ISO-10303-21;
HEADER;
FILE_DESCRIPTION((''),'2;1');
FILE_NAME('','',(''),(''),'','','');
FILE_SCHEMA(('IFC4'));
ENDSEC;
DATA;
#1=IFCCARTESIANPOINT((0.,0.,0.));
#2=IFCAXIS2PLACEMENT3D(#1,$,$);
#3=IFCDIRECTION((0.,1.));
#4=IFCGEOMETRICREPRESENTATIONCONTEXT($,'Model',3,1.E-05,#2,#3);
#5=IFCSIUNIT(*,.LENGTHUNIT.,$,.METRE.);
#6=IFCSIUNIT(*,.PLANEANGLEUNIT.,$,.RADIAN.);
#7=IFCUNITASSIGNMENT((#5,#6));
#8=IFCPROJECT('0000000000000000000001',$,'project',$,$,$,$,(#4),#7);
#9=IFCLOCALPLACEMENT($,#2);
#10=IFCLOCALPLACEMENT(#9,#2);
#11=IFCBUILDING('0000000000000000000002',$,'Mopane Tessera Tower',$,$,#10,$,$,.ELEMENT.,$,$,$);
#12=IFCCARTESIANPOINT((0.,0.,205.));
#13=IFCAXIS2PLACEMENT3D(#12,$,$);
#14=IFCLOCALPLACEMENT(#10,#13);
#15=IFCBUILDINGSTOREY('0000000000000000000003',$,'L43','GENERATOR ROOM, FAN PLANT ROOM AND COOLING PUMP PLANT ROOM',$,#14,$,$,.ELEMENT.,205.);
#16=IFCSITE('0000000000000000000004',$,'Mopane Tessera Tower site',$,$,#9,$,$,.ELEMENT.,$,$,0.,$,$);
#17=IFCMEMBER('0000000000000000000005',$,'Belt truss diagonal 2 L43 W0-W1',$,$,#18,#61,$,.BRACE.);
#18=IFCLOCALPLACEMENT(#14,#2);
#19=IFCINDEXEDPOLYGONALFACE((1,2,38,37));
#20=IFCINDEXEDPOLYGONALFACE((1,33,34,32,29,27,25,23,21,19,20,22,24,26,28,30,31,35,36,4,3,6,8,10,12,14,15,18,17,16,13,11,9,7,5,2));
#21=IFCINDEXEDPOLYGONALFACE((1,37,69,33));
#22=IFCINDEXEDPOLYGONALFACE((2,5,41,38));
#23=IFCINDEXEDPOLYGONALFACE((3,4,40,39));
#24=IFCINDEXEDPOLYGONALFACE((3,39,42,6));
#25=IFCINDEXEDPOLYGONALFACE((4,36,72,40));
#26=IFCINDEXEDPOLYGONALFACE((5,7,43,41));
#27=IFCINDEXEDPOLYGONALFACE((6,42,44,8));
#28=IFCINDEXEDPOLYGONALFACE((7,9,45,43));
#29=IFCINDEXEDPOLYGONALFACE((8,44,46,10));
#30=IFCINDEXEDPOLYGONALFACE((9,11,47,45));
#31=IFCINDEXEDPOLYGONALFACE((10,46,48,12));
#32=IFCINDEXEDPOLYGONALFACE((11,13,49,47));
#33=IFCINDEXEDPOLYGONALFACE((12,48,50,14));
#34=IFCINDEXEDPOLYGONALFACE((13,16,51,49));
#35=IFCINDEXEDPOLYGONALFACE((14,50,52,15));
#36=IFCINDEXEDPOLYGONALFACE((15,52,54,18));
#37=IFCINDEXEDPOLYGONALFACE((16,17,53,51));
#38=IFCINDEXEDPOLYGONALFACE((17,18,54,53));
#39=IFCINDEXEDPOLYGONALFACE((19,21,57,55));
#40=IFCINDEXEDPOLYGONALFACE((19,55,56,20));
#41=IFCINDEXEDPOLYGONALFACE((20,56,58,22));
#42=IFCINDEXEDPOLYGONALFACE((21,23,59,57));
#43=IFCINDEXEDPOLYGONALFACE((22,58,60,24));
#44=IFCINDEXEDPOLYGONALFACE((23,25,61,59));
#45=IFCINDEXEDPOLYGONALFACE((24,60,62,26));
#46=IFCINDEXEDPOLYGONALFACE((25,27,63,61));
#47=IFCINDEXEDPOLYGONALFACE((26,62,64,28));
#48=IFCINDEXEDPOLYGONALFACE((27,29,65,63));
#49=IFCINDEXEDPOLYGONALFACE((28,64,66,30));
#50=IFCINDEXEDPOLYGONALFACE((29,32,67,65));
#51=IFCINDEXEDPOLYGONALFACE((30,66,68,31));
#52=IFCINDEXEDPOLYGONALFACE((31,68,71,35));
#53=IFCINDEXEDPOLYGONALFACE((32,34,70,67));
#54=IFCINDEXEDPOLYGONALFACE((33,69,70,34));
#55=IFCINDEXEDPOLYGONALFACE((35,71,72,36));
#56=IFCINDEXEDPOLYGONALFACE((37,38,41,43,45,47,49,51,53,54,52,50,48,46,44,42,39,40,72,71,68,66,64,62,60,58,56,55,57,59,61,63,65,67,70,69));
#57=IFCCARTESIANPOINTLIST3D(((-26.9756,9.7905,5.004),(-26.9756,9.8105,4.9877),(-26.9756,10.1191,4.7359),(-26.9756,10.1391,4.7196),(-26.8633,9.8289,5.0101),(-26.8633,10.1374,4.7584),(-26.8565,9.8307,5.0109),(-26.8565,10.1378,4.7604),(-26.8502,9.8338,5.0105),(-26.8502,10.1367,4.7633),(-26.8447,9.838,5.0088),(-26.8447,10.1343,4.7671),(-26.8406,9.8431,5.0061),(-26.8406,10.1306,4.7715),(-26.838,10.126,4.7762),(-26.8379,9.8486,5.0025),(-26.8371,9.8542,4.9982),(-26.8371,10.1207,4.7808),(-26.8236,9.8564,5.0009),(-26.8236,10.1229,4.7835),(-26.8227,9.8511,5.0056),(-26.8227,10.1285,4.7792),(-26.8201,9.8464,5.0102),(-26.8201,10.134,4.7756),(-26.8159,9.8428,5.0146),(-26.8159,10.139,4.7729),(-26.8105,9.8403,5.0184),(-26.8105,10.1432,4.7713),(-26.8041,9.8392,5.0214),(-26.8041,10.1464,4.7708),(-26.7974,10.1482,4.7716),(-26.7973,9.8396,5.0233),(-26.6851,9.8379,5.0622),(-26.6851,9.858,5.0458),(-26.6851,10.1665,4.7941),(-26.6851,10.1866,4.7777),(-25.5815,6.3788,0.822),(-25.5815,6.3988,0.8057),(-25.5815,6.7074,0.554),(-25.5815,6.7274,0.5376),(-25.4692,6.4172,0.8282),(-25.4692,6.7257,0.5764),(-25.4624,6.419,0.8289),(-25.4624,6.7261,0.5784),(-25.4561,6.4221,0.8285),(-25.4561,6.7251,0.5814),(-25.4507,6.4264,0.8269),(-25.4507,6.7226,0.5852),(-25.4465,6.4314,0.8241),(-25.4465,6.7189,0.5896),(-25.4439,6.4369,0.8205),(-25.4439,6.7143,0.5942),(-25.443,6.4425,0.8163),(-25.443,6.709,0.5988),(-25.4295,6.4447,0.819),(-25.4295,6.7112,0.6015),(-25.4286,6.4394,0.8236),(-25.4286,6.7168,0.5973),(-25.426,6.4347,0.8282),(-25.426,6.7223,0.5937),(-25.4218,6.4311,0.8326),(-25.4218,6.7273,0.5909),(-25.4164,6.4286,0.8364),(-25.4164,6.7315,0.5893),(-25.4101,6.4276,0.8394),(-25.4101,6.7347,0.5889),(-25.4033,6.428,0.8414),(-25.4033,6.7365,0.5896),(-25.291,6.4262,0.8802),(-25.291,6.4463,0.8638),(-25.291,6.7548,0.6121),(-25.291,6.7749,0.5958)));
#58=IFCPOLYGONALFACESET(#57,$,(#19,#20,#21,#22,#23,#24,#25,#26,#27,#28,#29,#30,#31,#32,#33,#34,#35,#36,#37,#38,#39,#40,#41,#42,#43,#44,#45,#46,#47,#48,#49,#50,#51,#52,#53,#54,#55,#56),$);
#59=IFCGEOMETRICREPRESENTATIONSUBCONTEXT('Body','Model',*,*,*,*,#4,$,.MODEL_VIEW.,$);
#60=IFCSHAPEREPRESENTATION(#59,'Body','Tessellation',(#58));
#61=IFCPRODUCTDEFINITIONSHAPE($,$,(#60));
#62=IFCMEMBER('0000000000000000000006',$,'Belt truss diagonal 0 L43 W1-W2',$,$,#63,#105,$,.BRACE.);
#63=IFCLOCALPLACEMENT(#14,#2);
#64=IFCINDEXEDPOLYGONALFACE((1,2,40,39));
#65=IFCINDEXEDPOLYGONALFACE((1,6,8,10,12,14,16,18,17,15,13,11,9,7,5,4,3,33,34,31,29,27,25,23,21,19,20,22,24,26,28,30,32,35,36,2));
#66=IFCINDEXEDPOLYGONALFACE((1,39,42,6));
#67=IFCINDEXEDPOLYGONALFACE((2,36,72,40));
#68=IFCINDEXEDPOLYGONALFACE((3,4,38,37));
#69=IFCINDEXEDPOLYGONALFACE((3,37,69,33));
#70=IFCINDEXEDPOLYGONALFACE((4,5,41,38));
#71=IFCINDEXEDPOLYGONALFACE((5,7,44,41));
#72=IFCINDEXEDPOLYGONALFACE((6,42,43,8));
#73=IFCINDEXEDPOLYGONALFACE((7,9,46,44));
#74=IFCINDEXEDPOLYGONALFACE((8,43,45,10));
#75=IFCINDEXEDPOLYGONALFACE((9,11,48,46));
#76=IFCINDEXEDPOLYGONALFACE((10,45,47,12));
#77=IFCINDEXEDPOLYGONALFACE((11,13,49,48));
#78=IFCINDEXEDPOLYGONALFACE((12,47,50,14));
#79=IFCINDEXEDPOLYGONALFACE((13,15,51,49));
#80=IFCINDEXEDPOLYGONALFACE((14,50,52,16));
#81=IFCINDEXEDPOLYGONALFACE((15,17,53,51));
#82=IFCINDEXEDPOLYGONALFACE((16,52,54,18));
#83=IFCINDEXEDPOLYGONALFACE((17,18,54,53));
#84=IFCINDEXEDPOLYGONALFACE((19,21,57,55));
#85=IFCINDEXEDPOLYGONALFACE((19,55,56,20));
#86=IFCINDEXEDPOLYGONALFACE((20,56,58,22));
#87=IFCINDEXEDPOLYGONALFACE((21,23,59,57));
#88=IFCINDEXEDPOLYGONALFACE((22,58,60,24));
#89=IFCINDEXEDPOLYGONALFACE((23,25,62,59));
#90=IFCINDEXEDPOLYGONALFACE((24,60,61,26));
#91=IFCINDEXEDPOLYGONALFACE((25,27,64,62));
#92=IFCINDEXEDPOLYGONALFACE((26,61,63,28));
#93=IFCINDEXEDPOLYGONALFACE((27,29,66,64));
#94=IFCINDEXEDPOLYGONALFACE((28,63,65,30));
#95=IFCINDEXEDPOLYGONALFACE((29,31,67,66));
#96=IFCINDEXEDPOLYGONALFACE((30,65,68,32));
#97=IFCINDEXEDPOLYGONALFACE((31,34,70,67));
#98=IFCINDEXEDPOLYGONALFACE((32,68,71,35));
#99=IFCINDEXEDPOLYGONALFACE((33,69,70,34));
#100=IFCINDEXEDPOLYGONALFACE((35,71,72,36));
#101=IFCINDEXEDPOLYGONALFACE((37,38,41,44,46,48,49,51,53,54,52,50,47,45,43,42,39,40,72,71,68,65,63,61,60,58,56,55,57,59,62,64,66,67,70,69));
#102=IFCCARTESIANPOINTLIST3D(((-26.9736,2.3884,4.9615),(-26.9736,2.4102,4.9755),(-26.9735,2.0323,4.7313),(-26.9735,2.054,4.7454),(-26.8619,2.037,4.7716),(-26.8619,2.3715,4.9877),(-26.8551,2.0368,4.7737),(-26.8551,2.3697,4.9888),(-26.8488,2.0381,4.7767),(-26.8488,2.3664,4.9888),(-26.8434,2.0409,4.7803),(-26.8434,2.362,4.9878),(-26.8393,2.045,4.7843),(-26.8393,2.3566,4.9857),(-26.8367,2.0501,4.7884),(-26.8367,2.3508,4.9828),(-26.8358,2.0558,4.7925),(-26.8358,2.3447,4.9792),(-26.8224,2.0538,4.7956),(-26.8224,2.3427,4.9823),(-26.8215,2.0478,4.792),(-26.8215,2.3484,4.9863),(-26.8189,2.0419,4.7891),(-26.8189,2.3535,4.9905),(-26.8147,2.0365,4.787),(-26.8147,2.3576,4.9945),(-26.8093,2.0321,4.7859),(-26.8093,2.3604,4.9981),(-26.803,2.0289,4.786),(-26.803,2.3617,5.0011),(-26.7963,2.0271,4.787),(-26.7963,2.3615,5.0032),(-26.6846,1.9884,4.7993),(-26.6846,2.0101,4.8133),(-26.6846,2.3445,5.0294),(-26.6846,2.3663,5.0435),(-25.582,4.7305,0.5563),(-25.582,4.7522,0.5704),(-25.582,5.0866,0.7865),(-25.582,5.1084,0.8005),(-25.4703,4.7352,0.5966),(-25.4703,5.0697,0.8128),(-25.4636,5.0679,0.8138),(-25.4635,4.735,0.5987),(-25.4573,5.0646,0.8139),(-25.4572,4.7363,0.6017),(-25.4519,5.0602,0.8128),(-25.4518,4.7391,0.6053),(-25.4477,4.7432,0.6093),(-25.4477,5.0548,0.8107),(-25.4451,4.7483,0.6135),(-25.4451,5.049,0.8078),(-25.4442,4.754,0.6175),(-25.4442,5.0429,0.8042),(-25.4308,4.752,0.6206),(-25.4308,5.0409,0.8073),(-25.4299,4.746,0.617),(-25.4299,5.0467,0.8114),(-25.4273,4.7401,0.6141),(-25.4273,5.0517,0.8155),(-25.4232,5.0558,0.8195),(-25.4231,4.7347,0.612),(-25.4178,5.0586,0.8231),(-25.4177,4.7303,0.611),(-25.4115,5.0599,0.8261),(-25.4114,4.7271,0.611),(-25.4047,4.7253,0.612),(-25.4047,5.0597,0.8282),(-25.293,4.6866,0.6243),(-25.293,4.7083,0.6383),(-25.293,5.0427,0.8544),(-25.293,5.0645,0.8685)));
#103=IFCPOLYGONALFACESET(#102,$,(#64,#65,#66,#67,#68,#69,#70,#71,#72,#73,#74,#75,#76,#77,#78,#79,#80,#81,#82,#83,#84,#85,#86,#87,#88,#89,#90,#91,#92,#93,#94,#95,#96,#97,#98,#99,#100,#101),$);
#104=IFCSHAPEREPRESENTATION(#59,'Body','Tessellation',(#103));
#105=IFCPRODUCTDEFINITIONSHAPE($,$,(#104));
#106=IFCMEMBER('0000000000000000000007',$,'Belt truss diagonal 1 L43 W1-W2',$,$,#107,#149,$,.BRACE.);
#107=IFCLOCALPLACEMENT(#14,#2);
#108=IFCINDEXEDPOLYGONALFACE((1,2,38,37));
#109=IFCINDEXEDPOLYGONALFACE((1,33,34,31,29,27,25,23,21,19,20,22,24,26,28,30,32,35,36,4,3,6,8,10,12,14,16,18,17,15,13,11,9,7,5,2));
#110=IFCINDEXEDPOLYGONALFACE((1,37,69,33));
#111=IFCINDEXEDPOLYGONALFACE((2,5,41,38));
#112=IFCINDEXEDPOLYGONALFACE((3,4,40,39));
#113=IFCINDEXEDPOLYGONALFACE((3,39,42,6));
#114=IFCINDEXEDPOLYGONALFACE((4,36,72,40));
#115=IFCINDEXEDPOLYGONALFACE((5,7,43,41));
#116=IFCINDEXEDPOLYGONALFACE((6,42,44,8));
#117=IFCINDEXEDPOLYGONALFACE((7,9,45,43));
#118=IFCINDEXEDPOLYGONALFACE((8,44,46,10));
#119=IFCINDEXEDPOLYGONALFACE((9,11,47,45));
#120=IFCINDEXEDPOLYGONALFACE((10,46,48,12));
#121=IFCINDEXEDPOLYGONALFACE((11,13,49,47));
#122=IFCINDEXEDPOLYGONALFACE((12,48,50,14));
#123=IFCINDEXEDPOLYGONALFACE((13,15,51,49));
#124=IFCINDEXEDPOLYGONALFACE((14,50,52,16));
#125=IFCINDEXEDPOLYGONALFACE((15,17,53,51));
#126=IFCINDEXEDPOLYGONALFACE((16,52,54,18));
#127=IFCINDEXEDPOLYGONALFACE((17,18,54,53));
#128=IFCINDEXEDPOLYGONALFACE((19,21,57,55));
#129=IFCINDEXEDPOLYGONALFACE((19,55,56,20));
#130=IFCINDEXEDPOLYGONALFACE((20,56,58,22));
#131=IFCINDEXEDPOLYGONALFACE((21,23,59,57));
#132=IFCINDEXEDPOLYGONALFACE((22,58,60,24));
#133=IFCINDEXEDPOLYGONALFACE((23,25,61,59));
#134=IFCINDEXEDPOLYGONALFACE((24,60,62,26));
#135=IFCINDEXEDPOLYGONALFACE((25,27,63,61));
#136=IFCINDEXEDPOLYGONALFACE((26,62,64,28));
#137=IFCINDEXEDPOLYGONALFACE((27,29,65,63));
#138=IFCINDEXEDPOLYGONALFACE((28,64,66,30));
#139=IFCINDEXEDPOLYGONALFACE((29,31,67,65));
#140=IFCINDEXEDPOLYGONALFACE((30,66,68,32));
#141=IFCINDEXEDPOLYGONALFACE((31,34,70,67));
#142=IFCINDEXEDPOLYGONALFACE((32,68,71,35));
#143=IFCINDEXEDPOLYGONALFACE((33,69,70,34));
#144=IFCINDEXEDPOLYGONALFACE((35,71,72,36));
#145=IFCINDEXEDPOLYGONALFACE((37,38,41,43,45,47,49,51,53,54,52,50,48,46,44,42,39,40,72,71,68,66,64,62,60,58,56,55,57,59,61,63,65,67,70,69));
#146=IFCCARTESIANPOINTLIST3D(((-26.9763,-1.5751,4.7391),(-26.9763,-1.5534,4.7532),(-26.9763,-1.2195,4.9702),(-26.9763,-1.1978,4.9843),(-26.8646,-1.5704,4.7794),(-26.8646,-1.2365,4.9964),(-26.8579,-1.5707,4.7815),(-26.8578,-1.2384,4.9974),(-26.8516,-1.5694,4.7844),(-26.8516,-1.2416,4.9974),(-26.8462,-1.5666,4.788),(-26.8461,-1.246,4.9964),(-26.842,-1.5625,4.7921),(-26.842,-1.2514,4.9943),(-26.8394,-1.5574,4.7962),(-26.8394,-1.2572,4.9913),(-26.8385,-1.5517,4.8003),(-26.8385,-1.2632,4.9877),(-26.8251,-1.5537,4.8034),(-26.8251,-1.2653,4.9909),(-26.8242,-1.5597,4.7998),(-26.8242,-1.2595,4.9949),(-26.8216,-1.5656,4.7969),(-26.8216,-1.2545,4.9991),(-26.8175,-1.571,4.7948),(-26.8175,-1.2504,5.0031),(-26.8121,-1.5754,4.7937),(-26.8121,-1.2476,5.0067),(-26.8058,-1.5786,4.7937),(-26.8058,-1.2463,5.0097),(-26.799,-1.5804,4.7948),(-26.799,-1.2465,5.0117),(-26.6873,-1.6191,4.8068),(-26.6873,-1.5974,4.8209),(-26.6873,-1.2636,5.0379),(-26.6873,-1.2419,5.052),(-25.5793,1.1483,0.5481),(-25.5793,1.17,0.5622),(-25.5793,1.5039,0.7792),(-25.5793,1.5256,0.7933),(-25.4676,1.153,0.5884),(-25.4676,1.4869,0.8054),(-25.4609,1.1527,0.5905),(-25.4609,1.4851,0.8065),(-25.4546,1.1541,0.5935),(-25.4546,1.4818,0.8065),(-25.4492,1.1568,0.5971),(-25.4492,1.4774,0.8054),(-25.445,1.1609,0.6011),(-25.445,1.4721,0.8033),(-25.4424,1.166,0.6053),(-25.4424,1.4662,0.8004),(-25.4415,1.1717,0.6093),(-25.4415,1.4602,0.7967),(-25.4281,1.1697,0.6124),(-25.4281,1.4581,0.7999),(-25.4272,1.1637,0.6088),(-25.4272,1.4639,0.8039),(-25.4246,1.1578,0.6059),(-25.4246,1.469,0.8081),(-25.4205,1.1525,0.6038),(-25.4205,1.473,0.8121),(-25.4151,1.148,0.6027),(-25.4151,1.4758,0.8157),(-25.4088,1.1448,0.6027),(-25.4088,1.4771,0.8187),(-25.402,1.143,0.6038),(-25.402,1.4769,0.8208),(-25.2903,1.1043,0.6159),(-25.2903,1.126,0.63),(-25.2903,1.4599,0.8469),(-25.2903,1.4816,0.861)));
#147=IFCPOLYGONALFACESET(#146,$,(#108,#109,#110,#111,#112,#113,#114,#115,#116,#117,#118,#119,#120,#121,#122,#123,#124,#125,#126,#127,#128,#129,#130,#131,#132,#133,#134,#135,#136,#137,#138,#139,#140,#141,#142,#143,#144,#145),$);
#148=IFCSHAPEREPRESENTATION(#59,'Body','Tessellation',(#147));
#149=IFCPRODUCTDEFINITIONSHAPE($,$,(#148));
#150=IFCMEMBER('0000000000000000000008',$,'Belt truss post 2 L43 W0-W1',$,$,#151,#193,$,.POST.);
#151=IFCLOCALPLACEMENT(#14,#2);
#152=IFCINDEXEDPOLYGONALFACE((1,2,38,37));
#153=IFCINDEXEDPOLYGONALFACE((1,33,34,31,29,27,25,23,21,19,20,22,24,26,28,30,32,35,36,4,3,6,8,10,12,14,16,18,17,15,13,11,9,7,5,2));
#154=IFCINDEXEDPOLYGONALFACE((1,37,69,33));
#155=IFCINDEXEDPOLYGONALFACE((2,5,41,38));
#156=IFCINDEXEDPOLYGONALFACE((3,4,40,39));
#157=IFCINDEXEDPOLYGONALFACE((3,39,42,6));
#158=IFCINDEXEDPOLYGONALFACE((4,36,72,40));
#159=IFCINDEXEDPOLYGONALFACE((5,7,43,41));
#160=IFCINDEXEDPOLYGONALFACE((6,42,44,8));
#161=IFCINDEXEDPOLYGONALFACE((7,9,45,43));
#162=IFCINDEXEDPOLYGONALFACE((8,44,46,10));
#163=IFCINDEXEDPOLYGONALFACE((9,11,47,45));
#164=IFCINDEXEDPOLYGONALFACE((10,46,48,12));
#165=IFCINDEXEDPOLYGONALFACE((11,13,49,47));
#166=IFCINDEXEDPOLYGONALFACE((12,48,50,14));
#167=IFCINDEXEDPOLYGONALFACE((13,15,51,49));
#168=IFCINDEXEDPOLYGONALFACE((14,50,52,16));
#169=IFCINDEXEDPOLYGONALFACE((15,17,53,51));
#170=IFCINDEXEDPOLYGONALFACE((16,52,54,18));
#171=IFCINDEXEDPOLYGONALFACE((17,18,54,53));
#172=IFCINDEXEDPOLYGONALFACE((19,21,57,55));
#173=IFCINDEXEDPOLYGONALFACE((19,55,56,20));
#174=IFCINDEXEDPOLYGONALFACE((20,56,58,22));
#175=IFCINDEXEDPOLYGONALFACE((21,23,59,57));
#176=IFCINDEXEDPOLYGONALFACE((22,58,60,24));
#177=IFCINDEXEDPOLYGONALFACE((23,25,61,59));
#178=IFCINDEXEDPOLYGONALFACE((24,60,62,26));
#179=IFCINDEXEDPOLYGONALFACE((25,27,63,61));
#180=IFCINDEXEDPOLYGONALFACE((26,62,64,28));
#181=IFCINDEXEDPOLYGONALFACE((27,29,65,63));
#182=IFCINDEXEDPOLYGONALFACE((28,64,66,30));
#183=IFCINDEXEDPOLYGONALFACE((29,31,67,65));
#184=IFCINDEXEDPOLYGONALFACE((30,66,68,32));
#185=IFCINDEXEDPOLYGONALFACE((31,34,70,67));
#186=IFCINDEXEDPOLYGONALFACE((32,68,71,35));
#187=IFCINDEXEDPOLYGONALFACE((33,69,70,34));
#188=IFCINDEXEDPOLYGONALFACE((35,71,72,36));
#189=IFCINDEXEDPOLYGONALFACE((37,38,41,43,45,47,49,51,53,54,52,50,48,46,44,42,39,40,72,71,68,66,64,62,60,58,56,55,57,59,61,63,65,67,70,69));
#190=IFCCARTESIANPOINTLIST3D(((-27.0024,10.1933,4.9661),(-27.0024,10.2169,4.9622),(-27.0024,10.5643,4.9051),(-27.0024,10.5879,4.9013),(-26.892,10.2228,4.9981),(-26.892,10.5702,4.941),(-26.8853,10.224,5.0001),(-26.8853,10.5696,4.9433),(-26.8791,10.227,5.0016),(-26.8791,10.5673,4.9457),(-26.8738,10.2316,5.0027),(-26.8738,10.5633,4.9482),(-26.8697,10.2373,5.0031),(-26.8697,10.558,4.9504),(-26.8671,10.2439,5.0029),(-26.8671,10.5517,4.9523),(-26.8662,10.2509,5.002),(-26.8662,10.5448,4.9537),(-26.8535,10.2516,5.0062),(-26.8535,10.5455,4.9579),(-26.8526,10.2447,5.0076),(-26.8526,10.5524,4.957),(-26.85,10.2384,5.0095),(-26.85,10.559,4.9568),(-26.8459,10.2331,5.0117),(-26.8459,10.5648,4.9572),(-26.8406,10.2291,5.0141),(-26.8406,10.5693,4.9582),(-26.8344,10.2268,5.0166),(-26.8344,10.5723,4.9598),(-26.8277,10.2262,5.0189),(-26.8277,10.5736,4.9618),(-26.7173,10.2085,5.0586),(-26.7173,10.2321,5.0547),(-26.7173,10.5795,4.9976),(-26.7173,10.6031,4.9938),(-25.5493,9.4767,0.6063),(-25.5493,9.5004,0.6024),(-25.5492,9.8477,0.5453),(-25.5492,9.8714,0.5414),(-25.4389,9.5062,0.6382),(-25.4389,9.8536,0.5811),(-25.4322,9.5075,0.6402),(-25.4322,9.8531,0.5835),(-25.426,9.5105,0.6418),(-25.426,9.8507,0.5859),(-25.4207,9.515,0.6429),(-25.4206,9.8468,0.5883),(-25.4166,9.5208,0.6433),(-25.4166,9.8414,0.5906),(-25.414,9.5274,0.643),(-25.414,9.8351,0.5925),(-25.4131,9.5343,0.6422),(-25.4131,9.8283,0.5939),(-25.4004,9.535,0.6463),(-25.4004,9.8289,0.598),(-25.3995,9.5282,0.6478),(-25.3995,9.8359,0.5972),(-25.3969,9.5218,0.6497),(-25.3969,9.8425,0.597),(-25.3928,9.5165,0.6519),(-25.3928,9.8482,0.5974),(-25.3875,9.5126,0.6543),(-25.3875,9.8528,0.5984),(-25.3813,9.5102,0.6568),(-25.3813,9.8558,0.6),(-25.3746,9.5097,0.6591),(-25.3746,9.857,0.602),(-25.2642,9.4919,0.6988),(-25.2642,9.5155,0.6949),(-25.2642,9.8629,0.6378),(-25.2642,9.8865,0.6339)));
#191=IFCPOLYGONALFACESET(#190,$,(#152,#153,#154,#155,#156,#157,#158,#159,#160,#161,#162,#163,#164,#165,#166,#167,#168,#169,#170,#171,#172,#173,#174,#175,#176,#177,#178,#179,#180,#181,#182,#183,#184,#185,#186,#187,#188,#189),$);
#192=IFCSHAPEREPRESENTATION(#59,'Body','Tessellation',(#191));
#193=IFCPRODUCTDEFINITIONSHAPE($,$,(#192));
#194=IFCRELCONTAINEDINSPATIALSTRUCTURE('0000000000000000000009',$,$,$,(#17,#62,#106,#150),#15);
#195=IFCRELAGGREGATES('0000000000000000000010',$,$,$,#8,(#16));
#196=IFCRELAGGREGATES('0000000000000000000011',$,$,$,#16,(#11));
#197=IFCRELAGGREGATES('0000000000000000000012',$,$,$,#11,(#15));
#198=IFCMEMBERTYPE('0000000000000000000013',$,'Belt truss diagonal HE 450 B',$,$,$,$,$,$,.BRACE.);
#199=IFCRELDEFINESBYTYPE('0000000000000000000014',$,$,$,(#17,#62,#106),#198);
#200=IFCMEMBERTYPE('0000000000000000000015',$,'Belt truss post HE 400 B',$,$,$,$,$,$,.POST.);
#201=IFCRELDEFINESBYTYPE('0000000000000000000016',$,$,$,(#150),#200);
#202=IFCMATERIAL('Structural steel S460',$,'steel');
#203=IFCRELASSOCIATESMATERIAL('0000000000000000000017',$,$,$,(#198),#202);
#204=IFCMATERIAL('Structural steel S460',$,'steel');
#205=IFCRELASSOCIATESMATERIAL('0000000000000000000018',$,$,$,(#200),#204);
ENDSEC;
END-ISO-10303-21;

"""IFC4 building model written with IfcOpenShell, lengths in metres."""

from ifc_helpers import new_model, si_unit, direction, frame, origin, origin_2d, place, context, subcontext, project, spatial, i_section, extrude, material, material_profile, profile_set, type_object, element, save


model = new_model("IFC4")

# Units and contexts
model_context = context("Model", 3, precision=1e-05, world=origin(), true_north=direction((0.0, 1.0)))
body_context = subcontext(model_context, "Body", "Model", "MODEL_VIEW")
ifc_project = project(units=[si_unit("LENGTHUNIT", "METRE"), si_unit("PLANEANGLEUNIT", "RADIAN")], contexts=[model_context])

# Site, building, storey
site_placement = place(None, origin())
site = spatial("IfcSite", under=ifc_project, at=site_placement, Name="Mopane Tessera Tower site", CompositionType="ELEMENT", RefElevation=0.0)
building_placement = place(site_placement, origin())
building = spatial("IfcBuilding", under=site, at=building_placement, Name="Mopane Tessera Tower", CompositionType="ELEMENT")
storey_placement = place(building_placement, frame((0.0, 0.0, 205.0)))
storey = spatial("IfcBuildingStorey", under=building, at=storey_placement, Name="L43", Description="GENERATOR ROOM, FAN PLANT ROOM AND COOLING PUMP PLANT ROOM", CompositionType="ELEMENT", Elevation=205.0)

# Members
ifc_material_1 = material(Name="Structural steel S460", Category="steel")
ifc_material_profile_1 = material_profile(ifc_material_1, i_section(OverallWidth=0.3, OverallDepth=0.45, WebThickness=0.0139, FlangeThickness=0.0259, FilletRadius=0.0271, at=origin_2d()))
ifc_profile_set_1 = profile_set([ifc_material_profile_1], Name="Structural steel S460")
member_type_1 = type_object("IfcMemberType", Name="Belt truss diagonal HE 450 B", PredefinedType="BRACE", material=ifc_profile_set_1)
member_1_placement = place(storey_placement, frame((-26.8303, 9.9885, 4.8909), z_axis=(0.250093, -0.612048, -0.750234), x_axis=(0.968222, 0.158109, 0.193772)))
element("IfcMember", 1, at=member_1_placement, inside=storey, type_object=member_type_1, Name="Belt truss diagonal 2 L43 W0-W1", PredefinedType="BRACE", context=body_context, shape_type="SweptSolid", body=[
    extrude(i_section(OverallWidth=0.3, OverallDepth=0.45, WebThickness=0.0139, FlangeThickness=0.0259, FilletRadius=0.0271, at=origin_2d()), origin(), (0.0, 0.0, 1.0), 5.5742),
])
member_2_placement = place(storey_placement, frame((-25.4375, 4.8975, 0.7124), z_axis=(-0.269576, -0.522694, 0.808776), x_axis=(0.962979, -0.146287, 0.226432)))
element("IfcMember", 2, at=member_2_placement, inside=storey, type_object=member_type_1, Name="Belt truss diagonal 0 L43 W1-W2", PredefinedType="BRACE", context=body_context, shape_type="SweptSolid", body=[
    extrude(i_section(OverallWidth=0.3, OverallDepth=0.45, WebThickness=0.0139, FlangeThickness=0.0259, FilletRadius=0.0271, at=origin_2d()), origin(), (0.0, 0.0, 1.0), 5.1621),
])
member_3_placement = place(storey_placement, frame((-25.4348, 1.3149, 0.7046), z_axis=(-0.269186, -0.524776, 0.807558), x_axis=(0.963088, -0.146692, 0.225704)))
element("IfcMember", 3, at=member_3_placement, inside=storey, type_object=member_type_1, Name="Belt truss diagonal 1 L43 W1-W2", PredefinedType="BRACE", context=body_context, shape_type="SweptSolid", body=[
    extrude(i_section(OverallWidth=0.3, OverallDepth=0.45, WebThickness=0.0139, FlangeThickness=0.0259, FilletRadius=0.0271, at=origin_2d()), origin(), (0.0, 0.0, 1.0), 5.1897),
])
ifc_material_2 = material(Name="Structural steel S460", Category="steel")
ifc_material_profile_2 = material_profile(ifc_material_2, i_section(OverallWidth=0.3, OverallDepth=0.3999, WebThickness=0.0134, FlangeThickness=0.0239, FilletRadius=0.0271, at=origin_2d()))
ifc_profile_set_2 = profile_set([ifc_material_profile_2], Name="Structural steel S460")
member_type_2 = type_object("IfcMemberType", Name="Belt truss post HE 400 B", PredefinedType="POST", material=ifc_profile_set_2)
member_4_placement = place(storey_placement, frame((-25.4067, 9.6816, 0.6201), z_axis=(-0.312421, 0.154058, 0.937368), x_axis=(0.949944, 0.050617, 0.308293)))
element("IfcMember", 4, at=member_4_placement, inside=storey, type_object=member_type_2, Name="Belt truss post 2 L43 W0-W1", PredefinedType="POST", context=body_context, shape_type="SweptSolid", body=[
    extrude(i_section(OverallWidth=0.3, OverallDepth=0.3999, WebThickness=0.0134, FlangeThickness=0.0239, FilletRadius=0.0271, at=origin_2d()), origin(), (0.0, 0.0, 1.0), 4.6511),
])

save(model, "model.ifc")
